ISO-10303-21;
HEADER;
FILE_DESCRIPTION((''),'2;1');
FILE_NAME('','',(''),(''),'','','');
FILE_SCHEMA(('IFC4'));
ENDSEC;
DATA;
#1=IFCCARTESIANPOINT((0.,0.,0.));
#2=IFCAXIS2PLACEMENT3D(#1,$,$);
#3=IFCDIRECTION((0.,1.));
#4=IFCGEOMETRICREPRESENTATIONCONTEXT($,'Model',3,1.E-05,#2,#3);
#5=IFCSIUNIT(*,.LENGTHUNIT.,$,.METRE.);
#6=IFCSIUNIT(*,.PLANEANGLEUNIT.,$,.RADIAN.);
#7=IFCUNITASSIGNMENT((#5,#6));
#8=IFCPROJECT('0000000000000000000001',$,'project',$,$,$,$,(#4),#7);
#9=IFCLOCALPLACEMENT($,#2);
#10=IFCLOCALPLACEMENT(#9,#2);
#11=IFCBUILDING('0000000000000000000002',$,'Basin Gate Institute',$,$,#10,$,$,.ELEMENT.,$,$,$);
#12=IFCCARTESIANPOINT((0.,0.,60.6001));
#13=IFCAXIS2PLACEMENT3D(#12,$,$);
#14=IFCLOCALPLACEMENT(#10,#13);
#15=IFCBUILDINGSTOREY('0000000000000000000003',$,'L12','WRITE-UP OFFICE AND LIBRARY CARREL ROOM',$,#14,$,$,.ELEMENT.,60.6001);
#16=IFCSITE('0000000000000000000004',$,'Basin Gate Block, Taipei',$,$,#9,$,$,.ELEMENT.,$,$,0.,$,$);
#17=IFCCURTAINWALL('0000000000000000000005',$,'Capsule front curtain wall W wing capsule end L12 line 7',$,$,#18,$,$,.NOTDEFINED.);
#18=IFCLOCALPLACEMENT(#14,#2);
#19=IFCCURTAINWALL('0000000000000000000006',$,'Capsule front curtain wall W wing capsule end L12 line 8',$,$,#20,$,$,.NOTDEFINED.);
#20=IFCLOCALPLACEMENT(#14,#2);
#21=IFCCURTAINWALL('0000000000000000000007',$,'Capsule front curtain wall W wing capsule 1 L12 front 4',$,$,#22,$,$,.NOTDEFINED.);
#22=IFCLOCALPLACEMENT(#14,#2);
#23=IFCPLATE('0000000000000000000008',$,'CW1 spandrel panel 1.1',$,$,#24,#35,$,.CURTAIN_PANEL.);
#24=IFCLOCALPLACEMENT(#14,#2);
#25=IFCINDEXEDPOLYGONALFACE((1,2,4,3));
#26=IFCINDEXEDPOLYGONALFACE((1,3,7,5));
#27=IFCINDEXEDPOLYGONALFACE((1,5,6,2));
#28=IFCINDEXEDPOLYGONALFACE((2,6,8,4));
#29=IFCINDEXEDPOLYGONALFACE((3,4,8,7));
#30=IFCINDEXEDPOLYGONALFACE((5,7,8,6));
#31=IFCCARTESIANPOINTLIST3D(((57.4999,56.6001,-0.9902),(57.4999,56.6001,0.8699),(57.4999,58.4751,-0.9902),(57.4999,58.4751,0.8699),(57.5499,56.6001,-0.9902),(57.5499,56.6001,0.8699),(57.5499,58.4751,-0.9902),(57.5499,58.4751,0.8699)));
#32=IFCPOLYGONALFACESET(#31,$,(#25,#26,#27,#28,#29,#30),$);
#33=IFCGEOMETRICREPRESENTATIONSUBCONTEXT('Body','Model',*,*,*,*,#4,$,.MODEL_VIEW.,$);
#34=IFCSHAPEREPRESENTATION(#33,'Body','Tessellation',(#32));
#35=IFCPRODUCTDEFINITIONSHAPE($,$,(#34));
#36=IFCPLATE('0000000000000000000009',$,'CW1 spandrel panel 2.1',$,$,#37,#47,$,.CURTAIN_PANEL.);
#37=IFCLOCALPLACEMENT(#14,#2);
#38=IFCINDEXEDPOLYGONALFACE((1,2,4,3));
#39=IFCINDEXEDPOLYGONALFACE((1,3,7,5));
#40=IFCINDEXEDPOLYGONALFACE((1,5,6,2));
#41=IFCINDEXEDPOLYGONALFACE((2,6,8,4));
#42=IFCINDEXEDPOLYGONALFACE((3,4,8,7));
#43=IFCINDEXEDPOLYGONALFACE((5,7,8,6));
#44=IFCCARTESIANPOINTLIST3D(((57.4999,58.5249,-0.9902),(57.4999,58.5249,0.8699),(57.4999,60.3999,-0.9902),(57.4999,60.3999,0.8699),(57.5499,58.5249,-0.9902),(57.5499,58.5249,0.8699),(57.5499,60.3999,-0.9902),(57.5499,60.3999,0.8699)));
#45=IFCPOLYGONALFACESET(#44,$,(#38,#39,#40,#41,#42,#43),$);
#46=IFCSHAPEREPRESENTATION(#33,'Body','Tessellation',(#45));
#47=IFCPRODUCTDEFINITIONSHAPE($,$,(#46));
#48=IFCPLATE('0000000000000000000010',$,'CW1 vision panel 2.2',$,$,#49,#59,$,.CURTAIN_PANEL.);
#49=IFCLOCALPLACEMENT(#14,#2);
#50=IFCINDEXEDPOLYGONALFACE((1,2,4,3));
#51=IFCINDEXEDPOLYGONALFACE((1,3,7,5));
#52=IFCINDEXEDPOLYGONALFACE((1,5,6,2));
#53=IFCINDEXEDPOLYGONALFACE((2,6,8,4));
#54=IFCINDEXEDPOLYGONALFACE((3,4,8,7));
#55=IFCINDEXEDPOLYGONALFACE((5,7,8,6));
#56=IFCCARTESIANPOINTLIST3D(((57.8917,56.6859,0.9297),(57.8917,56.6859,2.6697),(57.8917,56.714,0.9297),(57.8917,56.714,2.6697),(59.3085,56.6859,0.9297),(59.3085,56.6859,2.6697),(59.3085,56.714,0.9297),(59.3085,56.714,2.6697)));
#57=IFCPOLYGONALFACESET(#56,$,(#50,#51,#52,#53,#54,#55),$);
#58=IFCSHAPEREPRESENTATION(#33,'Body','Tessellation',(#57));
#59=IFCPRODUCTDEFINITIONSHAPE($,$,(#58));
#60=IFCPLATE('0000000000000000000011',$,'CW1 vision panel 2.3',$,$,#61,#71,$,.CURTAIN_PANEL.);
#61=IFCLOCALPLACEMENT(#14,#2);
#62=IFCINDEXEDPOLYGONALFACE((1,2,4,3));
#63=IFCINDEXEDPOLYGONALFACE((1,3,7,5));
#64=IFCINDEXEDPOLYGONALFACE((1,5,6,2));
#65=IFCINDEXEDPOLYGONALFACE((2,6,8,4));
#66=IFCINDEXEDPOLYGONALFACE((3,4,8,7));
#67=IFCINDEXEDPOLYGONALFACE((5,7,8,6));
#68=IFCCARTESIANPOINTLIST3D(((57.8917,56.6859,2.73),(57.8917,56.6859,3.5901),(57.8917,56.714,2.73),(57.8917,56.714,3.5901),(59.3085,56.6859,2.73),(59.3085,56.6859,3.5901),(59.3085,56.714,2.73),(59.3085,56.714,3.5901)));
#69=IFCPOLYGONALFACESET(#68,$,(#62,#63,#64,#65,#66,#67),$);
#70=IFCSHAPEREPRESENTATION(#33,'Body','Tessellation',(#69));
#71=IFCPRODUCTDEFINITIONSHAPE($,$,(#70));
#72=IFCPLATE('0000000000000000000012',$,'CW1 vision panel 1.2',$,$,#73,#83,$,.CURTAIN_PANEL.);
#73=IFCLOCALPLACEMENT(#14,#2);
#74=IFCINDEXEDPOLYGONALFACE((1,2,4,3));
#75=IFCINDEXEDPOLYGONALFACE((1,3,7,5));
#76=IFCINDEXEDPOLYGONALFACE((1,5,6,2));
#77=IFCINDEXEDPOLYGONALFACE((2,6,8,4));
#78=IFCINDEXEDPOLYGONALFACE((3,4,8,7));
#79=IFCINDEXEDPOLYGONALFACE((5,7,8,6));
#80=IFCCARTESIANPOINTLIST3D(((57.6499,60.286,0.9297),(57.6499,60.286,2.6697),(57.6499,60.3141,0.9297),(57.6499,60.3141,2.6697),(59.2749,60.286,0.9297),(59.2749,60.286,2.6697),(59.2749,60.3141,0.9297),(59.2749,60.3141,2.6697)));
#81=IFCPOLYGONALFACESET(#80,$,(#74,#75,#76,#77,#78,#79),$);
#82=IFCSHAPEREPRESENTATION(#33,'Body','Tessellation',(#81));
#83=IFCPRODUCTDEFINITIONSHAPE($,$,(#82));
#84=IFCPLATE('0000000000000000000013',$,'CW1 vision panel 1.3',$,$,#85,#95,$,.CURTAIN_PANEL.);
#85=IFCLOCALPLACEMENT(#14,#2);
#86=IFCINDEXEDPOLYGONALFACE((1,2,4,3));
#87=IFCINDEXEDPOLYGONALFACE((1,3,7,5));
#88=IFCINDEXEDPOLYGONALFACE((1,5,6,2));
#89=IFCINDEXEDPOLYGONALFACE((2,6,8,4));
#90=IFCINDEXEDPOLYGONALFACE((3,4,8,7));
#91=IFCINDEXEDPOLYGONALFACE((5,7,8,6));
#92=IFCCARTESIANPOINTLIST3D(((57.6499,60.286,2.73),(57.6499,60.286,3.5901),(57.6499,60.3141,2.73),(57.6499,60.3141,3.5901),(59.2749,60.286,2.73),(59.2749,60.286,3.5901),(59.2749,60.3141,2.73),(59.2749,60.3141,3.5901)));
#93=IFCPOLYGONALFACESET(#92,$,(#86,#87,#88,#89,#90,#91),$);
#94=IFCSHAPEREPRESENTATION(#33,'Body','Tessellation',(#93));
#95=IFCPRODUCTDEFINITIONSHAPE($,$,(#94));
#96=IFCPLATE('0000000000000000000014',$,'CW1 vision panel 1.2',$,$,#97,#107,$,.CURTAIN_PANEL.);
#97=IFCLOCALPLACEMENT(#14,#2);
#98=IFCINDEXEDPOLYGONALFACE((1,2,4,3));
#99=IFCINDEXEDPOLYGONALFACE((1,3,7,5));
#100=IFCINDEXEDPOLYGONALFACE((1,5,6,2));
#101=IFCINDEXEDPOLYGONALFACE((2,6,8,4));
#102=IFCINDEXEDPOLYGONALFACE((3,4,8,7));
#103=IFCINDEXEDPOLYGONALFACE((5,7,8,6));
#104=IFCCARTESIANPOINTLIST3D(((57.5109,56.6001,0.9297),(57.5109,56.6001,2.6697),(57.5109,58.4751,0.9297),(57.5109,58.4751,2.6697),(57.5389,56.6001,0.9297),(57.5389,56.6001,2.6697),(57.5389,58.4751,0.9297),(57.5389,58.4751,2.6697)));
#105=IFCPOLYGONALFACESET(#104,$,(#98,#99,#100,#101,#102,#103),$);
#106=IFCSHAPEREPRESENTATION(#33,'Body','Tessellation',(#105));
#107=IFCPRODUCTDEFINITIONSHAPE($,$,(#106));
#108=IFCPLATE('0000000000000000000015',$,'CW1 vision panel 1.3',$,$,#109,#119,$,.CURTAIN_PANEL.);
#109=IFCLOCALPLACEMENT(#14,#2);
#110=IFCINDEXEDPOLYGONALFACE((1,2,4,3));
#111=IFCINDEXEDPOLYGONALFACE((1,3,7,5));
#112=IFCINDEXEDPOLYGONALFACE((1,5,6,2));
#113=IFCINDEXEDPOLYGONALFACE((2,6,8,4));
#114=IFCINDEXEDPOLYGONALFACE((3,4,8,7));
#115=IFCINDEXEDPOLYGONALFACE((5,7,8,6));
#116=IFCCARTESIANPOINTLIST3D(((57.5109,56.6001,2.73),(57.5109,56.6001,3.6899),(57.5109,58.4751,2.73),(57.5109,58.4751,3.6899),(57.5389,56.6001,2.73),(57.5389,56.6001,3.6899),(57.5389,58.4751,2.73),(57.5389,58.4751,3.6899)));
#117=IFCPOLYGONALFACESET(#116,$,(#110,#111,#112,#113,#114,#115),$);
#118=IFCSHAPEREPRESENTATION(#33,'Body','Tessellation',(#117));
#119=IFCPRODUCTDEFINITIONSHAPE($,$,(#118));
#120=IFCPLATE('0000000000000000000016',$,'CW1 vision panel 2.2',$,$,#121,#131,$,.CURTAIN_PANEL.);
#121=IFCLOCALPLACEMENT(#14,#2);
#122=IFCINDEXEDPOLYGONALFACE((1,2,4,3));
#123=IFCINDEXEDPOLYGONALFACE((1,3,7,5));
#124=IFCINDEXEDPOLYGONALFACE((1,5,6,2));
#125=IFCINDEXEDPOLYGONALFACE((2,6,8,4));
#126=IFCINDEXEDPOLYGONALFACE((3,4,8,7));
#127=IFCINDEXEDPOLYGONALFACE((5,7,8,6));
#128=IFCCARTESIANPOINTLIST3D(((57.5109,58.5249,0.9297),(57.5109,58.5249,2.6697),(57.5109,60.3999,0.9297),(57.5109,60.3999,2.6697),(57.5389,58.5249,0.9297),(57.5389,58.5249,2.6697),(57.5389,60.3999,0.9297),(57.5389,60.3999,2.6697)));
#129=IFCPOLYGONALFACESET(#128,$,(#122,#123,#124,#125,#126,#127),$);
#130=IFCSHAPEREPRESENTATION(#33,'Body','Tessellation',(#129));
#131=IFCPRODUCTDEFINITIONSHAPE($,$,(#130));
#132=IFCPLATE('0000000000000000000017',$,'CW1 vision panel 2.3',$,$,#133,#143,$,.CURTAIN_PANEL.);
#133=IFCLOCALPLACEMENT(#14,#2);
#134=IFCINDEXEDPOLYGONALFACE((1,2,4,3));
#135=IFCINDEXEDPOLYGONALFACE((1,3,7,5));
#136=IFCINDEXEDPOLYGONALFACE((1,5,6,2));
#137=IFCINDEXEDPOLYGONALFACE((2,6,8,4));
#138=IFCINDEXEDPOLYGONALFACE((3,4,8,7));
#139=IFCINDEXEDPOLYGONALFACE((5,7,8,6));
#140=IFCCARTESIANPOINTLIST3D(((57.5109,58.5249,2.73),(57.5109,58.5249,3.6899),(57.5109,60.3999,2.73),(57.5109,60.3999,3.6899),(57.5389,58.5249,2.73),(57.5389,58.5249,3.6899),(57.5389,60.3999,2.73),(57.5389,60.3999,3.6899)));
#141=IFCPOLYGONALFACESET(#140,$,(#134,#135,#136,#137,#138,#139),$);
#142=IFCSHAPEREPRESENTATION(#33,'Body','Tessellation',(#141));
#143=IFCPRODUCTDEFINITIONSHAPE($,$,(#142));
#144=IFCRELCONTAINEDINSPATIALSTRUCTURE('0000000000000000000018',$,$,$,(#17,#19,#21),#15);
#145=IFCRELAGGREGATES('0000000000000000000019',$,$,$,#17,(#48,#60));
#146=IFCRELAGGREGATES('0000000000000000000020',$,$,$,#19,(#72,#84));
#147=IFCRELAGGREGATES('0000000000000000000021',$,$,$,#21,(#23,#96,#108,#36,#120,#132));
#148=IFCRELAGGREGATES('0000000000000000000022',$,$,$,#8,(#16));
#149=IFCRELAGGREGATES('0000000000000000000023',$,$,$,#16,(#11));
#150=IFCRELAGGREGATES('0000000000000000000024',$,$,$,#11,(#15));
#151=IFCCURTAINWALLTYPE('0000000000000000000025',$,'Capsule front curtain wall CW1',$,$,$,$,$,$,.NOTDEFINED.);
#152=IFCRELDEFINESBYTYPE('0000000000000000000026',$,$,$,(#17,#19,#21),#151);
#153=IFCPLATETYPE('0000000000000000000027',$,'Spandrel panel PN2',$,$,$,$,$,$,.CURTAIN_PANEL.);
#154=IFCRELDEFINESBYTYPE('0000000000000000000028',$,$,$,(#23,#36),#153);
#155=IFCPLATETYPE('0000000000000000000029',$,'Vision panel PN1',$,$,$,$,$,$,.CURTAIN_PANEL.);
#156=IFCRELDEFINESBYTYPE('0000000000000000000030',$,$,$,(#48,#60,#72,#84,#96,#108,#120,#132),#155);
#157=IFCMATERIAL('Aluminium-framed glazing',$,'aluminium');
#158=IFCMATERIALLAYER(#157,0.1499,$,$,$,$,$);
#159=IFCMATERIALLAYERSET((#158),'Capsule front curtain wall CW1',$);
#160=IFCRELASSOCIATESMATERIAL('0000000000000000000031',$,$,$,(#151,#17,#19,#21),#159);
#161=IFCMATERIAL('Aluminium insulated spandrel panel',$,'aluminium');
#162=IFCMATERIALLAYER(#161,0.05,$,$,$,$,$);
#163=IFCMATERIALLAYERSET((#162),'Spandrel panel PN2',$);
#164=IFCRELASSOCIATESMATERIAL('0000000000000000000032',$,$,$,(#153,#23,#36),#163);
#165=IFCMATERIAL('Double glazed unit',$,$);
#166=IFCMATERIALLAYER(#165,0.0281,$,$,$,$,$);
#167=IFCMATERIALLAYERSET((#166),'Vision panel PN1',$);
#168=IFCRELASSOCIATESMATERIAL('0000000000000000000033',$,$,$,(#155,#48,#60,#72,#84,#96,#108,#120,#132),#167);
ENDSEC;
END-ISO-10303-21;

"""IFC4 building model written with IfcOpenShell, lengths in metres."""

from ifc_helpers import new_model, si_unit, direction, frame, origin, origin_2d, place, context, subcontext, project, spatial, rectangle, extrude, material, layer, layer_set, type_object, element, aggregate, save


model = new_model("IFC4")

# Units and contexts
model_context = context("Model", 3, precision=1e-05, world=origin(), true_north=direction((0.0, 1.0)))
body_context = subcontext(model_context, "Body", "Model", "MODEL_VIEW")
ifc_project = project(units=[si_unit("LENGTHUNIT", "METRE"), si_unit("PLANEANGLEUNIT", "RADIAN")], contexts=[model_context])

# Site, building, storey
site_placement = place(None, origin())
site = spatial("IfcSite", under=ifc_project, at=site_placement, Name="Basin Gate Block, Taipei", CompositionType="ELEMENT", RefElevation=0.0)
building_placement = place(site_placement, origin())
building = spatial("IfcBuilding", under=site, at=building_placement, Name="Basin Gate Institute", CompositionType="ELEMENT")
storey_placement = place(building_placement, frame((0.0, 0.0, 60.6001)))
storey = spatial("IfcBuildingStorey", under=building, at=storey_placement, Name="L12", Description="WRITE-UP OFFICE AND LIBRARY CARREL ROOM", CompositionType="ELEMENT", Elevation=60.6001)

# Curtain wall
ifc_material_1 = material(Name="Aluminium-framed glazing", Category="aluminium")
ifc_layer_1 = layer(ifc_material_1, 0.1499)
ifc_layer_set_1 = layer_set([ifc_layer_1], Name="Capsule front curtain wall CW1")
curtain_wall_type = type_object("IfcCurtainWallType", Name="Capsule front curtain wall CW1", PredefinedType="NOTDEFINED", material=ifc_layer_set_1)
curtain_wall_1_placement = place(storey_placement, origin())
curtain_wall_1 = element("IfcCurtainWall", 1, at=curtain_wall_1_placement, inside=storey, type_object=curtain_wall_type, material=ifc_layer_set_1, Name="Capsule front curtain wall W wing capsule end L12 line 7", PredefinedType="NOTDEFINED")

# Curtain wall
curtain_wall_2_placement = place(storey_placement, origin())
curtain_wall_2 = element("IfcCurtainWall", 2, at=curtain_wall_2_placement, inside=storey, type_object=curtain_wall_type, material=ifc_layer_set_1, Name="Capsule front curtain wall W wing capsule end L12 line 8", PredefinedType="NOTDEFINED")

# Curtain wall
curtain_wall_3_placement = place(storey_placement, origin())
curtain_wall_3 = element("IfcCurtainWall", 3, at=curtain_wall_3_placement, inside=storey, type_object=curtain_wall_type, material=ifc_layer_set_1, Name="Capsule front curtain wall W wing capsule 1 L12 front 4", PredefinedType="NOTDEFINED")

# Plates
ifc_material_2 = material(Name="Aluminium insulated spandrel panel", Category="aluminium")
ifc_layer_2 = layer(ifc_material_2, 0.05)
ifc_layer_set_2 = layer_set([ifc_layer_2], Name="Spandrel panel PN2")
plate_type_1 = type_object("IfcPlateType", Name="Spandrel panel PN2", PredefinedType="CURTAIN_PANEL", material=ifc_layer_set_2)
plate_1_placement = place(storey_placement, frame((57.5249, 57.5376, -0.9902), z_axis=(0.0, 0.0, 1.0), x_axis=(0.0, 1.0, 0.0)))
plate_1 = element("IfcPlate", 4, at=plate_1_placement, type_object=plate_type_1, material=ifc_layer_set_2, Name="CW1 spandrel panel 1.1", PredefinedType="CURTAIN_PANEL", context=body_context, shape_type="SweptSolid", body=[
    extrude(rectangle(XDim=1.875, YDim=0.05, at=origin_2d()), origin(), (0.0, 0.0, 1.0), 1.8601),
])
plate_2_placement = place(storey_placement, frame((57.5249, 59.4624, -0.9902), z_axis=(0.0, 0.0, 1.0), x_axis=(0.0, 1.0, 0.0)))
plate_2 = element("IfcPlate", 5, at=plate_2_placement, type_object=plate_type_1, material=ifc_layer_set_2, Name="CW1 spandrel panel 2.1", PredefinedType="CURTAIN_PANEL", context=body_context, shape_type="SweptSolid", body=[
    extrude(rectangle(XDim=1.875, YDim=0.05, at=origin_2d()), origin(), (0.0, 0.0, 1.0), 1.8601),
])
ifc_material_3 = material(Name="Double glazed unit")
ifc_layer_3 = layer(ifc_material_3, 0.0281)
ifc_layer_set_3 = layer_set([ifc_layer_3], Name="Vision panel PN1")
plate_type_2 = type_object("IfcPlateType", Name="Vision panel PN1", PredefinedType="CURTAIN_PANEL", material=ifc_layer_set_3)
plate_3_placement = place(storey_placement, frame((58.6001, 56.7, 0.9297), z_axis=(0.0, 0.0, 1.0), x_axis=(1.0, 0.0, 0.0)))
plate_3 = element("IfcPlate", 6, at=plate_3_placement, type_object=plate_type_2, material=ifc_layer_set_3, Name="CW1 vision panel 2.2", PredefinedType="CURTAIN_PANEL", context=body_context, shape_type="SweptSolid", body=[
    extrude(rectangle(XDim=1.4167, YDim=0.0281, at=origin_2d()), origin(), (0.0, 0.0, 1.0), 1.74),
])
plate_4_placement = place(storey_placement, frame((58.6001, 56.7, 2.73), z_axis=(0.0, 0.0, 1.0), x_axis=(1.0, 0.0, 0.0)))
plate_4 = element("IfcPlate", 7, at=plate_4_placement, type_object=plate_type_2, material=ifc_layer_set_3, Name="CW1 vision panel 2.3", PredefinedType="CURTAIN_PANEL", context=body_context, shape_type="SweptSolid", body=[
    extrude(rectangle(XDim=1.4167, YDim=0.0281, at=origin_2d()), origin(), (0.0, 0.0, 1.0), 0.8601),
])
aggregate(curtain_wall_1, [plate_3, plate_4])
plate_5_placement = place(storey_placement, frame((58.4624, 60.3, 0.9297), z_axis=(0.0, 0.0, 1.0), x_axis=(1.0, 0.0, 0.0)))
plate_5 = element("IfcPlate", 8, at=plate_5_placement, type_object=plate_type_2, material=ifc_layer_set_3, Name="CW1 vision panel 1.2", PredefinedType="CURTAIN_PANEL", context=body_context, shape_type="SweptSolid", body=[
    extrude(rectangle(XDim=1.625, YDim=0.0281, at=origin_2d()), origin(), (0.0, 0.0, 1.0), 1.74),
])
plate_6_placement = place(storey_placement, frame((58.4624, 60.3, 2.73), z_axis=(0.0, 0.0, 1.0), x_axis=(1.0, 0.0, 0.0)))
plate_6 = element("IfcPlate", 9, at=plate_6_placement, type_object=plate_type_2, material=ifc_layer_set_3, Name="CW1 vision panel 1.3", PredefinedType="CURTAIN_PANEL", context=body_context, shape_type="SweptSolid", body=[
    extrude(rectangle(XDim=1.625, YDim=0.0281, at=origin_2d()), origin(), (0.0, 0.0, 1.0), 0.8601),
])
aggregate(curtain_wall_2, [plate_5, plate_6])
plate_7_placement = place(storey_placement, frame((57.5249, 57.5376, 0.9297), z_axis=(0.0, 0.0, 1.0), x_axis=(0.0, 1.0, 0.0)))
plate_7 = element("IfcPlate", 10, at=plate_7_placement, type_object=plate_type_2, material=ifc_layer_set_3, Name="CW1 vision panel 1.2", PredefinedType="CURTAIN_PANEL", context=body_context, shape_type="SweptSolid", body=[
    extrude(rectangle(XDim=1.875, YDim=0.0281, at=origin_2d()), origin(), (0.0, 0.0, 1.0), 1.74),
])
plate_8_placement = place(storey_placement, frame((57.5249, 57.5376, 2.73), z_axis=(0.0, 0.0, 1.0), x_axis=(0.0, 1.0, 0.0)))
plate_8 = element("IfcPlate", 11, at=plate_8_placement, type_object=plate_type_2, material=ifc_layer_set_3, Name="CW1 vision panel 1.3", PredefinedType="CURTAIN_PANEL", context=body_context, shape_type="SweptSolid", body=[
    extrude(rectangle(XDim=1.875, YDim=0.0281, at=origin_2d()), origin(), (0.0, 0.0, 1.0), 0.96),
])
plate_9_placement = place(storey_placement, frame((57.5249, 59.4624, 0.9297), z_axis=(0.0, 0.0, 1.0), x_axis=(0.0, 1.0, 0.0)))
plate_9 = element("IfcPlate", 12, at=plate_9_placement, type_object=plate_type_2, material=ifc_layer_set_3, Name="CW1 vision panel 2.2", PredefinedType="CURTAIN_PANEL", context=body_context, shape_type="SweptSolid", body=[
    extrude(rectangle(XDim=1.875, YDim=0.0281, at=origin_2d()), origin(), (0.0, 0.0, 1.0), 1.74),
])
plate_10_placement = place(storey_placement, frame((57.5249, 59.4624, 2.73), z_axis=(0.0, 0.0, 1.0), x_axis=(0.0, 1.0, 0.0)))
plate_10 = element("IfcPlate", 13, at=plate_10_placement, type_object=plate_type_2, material=ifc_layer_set_3, Name="CW1 vision panel 2.3", PredefinedType="CURTAIN_PANEL", context=body_context, shape_type="SweptSolid", body=[
    extrude(rectangle(XDim=1.875, YDim=0.0281, at=origin_2d()), origin(), (0.0, 0.0, 1.0), 0.96),
])
aggregate(curtain_wall_3, [plate_1, plate_7, plate_8, plate_2, plate_9, plate_10])

save(model, "model.ifc")
